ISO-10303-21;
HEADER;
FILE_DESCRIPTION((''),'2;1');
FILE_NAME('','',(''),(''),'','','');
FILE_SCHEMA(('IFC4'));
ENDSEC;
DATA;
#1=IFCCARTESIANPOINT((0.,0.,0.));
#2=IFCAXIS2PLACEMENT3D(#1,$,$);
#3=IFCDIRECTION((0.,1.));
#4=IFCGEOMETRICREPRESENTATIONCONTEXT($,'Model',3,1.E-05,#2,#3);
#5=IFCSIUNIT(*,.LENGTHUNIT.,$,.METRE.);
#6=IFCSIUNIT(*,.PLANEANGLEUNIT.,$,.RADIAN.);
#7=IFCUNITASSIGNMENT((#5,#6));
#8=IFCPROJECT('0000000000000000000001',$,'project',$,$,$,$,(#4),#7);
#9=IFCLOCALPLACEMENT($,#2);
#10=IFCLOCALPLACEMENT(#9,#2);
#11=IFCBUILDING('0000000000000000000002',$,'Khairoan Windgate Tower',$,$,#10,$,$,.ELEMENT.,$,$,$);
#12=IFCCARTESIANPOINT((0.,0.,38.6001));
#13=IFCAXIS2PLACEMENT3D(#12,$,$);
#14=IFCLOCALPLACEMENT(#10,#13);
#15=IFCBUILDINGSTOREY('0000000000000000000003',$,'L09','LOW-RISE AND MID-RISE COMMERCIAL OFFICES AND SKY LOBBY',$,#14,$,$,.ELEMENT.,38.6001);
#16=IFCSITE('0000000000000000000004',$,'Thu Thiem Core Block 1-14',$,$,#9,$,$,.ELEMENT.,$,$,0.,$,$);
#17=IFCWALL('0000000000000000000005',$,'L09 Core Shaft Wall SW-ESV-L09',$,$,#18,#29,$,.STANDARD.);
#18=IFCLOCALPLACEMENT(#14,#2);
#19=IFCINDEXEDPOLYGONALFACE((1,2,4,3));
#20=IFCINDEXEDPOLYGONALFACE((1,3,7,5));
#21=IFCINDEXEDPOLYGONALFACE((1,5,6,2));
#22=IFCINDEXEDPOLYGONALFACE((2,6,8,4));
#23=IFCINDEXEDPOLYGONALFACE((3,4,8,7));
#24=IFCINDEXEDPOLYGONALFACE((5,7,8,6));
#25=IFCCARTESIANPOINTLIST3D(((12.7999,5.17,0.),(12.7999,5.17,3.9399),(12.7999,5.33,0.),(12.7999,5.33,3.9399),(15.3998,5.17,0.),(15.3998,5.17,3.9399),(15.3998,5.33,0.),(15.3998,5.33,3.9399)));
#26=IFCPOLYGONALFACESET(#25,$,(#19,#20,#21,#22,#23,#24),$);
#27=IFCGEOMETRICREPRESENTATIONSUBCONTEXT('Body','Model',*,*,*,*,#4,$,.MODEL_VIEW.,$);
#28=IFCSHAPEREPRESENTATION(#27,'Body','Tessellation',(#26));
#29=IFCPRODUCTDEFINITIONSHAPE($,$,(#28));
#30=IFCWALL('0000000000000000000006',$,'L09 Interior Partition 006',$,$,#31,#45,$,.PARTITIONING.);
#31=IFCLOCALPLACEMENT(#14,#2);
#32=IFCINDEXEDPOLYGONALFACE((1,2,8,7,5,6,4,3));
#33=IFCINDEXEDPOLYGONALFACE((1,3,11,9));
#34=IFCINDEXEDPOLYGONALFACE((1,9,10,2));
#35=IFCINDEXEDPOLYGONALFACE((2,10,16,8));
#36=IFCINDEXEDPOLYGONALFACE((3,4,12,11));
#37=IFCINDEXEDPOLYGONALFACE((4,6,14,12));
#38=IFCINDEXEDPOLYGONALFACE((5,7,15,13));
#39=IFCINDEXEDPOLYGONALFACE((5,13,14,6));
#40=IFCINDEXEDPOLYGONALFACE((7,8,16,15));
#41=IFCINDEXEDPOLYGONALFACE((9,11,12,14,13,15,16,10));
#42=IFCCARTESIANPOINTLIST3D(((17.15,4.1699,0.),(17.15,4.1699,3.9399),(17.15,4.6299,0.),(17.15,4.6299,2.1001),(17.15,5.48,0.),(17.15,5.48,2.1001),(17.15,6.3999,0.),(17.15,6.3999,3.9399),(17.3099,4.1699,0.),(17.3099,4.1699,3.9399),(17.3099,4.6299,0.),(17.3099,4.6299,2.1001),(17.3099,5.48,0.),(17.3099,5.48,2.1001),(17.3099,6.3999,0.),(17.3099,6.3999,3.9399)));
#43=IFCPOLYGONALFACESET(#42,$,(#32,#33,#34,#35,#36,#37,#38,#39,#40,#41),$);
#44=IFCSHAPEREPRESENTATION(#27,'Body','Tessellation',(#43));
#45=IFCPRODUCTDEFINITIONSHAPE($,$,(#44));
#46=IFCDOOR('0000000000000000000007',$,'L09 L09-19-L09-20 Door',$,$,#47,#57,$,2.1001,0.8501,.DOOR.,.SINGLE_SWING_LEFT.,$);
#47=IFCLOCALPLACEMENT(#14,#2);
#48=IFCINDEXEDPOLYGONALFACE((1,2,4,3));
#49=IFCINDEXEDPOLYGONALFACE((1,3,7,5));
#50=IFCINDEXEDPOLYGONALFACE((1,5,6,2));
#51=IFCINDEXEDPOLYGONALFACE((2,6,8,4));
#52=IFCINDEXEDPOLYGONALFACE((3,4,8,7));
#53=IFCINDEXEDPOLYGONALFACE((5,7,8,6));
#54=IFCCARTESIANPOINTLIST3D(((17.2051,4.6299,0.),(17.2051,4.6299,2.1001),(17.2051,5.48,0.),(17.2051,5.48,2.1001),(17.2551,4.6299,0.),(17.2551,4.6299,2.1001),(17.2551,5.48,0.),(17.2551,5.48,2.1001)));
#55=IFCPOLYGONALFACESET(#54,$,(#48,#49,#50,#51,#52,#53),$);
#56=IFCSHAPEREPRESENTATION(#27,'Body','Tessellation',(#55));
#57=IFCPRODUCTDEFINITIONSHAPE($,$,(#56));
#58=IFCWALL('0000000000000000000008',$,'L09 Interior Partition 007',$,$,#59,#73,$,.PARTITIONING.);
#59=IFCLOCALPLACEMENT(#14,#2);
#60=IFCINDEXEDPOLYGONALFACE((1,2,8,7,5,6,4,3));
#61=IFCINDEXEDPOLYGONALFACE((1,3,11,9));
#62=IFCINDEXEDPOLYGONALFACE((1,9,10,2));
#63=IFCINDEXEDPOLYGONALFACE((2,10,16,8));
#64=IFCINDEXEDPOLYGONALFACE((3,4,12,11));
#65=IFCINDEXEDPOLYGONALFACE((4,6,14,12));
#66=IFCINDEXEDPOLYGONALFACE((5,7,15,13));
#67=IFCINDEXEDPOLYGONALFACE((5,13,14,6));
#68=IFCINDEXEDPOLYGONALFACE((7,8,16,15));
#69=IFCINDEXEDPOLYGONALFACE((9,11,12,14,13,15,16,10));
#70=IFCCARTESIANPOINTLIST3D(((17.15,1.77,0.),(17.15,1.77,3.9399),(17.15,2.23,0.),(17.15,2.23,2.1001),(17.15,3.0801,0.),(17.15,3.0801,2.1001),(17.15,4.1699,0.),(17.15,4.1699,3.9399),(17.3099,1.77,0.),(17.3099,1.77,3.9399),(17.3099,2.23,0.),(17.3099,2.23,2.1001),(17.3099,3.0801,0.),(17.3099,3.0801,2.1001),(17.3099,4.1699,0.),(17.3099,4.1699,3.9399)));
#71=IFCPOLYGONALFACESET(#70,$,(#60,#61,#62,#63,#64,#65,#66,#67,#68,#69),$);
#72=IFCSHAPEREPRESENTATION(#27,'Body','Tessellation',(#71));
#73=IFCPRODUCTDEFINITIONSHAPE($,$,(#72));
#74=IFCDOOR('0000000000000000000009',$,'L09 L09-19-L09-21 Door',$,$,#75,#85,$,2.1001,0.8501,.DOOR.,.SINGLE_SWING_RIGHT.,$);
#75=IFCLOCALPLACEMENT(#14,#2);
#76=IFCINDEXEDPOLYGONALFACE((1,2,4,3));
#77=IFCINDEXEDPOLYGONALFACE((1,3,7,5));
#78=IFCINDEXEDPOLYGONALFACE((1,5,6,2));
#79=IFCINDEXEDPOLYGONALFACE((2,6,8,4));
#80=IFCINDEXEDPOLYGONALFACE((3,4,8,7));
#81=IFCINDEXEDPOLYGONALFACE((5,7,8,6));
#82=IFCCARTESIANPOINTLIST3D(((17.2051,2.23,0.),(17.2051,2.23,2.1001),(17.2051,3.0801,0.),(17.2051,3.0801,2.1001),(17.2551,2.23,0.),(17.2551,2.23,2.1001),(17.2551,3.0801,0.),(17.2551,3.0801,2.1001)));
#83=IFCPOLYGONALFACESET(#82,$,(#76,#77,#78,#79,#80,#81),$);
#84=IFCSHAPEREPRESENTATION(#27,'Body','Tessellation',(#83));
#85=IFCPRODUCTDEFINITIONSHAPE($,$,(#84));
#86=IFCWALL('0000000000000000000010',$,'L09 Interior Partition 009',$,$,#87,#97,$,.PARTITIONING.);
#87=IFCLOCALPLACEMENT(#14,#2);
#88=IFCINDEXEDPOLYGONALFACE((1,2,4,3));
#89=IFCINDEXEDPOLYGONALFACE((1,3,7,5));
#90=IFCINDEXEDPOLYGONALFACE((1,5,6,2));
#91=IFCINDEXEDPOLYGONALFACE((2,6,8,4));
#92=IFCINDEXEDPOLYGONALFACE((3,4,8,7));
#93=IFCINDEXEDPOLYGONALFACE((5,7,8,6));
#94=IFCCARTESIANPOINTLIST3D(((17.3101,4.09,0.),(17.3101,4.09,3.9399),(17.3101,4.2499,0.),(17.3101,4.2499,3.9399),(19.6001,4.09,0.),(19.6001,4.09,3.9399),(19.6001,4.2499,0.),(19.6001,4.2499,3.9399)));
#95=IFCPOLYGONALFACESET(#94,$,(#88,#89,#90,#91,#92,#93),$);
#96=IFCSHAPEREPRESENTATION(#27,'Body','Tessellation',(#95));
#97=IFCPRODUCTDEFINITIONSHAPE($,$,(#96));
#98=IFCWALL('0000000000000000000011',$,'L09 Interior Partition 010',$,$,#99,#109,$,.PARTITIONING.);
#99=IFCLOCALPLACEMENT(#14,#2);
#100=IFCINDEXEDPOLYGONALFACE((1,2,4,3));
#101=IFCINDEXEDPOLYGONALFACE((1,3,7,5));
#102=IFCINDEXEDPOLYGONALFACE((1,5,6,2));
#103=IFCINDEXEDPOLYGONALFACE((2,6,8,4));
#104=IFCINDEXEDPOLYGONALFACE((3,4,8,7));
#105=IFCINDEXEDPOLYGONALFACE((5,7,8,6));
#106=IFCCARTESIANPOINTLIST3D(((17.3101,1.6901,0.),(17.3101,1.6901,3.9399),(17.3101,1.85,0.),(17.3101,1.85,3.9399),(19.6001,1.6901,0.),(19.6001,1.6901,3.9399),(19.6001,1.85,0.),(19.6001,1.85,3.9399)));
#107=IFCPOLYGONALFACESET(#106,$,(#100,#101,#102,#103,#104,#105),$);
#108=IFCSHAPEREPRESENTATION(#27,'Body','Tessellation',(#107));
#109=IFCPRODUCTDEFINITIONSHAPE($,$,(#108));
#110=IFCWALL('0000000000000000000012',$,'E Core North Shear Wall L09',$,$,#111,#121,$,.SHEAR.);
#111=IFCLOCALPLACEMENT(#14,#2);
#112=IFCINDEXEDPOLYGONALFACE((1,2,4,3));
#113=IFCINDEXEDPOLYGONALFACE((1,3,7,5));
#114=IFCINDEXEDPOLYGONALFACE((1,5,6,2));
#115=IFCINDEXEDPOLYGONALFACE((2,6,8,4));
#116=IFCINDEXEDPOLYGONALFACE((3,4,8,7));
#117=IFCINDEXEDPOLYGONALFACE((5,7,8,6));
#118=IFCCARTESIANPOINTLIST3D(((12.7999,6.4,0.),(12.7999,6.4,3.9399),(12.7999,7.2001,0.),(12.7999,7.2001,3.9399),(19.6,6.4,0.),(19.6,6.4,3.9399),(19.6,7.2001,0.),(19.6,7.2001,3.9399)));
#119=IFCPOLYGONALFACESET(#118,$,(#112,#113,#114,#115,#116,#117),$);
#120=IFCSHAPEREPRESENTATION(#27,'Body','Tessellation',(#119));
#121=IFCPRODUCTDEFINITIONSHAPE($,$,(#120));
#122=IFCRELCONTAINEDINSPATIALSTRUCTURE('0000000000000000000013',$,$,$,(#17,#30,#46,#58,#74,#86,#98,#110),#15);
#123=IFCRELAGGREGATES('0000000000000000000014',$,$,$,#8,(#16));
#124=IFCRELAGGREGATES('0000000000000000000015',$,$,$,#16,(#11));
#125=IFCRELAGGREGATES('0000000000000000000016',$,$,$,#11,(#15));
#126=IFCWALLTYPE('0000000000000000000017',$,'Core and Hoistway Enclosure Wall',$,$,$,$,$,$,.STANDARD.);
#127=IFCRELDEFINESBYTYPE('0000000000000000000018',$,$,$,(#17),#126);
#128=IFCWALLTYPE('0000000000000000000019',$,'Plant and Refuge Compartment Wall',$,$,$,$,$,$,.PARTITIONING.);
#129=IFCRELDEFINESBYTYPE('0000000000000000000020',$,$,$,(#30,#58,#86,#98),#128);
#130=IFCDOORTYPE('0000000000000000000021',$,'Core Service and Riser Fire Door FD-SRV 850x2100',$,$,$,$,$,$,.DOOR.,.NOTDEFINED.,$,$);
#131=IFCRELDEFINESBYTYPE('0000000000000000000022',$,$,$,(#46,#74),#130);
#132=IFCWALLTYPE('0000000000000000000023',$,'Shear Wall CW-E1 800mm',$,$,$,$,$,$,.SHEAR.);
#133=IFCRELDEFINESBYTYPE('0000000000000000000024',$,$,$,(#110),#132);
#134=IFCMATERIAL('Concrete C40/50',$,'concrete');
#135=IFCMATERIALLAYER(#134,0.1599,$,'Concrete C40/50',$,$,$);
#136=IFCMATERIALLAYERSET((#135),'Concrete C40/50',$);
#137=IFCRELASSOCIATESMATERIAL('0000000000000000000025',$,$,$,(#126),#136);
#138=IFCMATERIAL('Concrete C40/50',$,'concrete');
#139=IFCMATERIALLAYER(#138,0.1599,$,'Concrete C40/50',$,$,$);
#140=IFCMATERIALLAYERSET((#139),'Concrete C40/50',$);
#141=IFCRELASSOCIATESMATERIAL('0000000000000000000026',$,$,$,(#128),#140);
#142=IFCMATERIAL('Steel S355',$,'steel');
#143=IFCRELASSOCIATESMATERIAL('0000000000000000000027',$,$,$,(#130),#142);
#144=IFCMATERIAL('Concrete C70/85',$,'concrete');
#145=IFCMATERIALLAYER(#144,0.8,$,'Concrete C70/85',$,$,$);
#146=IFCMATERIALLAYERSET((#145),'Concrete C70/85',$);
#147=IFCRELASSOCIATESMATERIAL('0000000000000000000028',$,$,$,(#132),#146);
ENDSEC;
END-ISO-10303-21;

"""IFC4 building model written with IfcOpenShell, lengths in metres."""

from ifc_helpers import new_model, si_unit, direction, frame, frame_2d, origin, place, context, subcontext, project, spatial, rectangle, extrude, material, layer, layer_set, type_object, element, fill, save


model = new_model("IFC4")

# Units and contexts
model_context = context("Model", 3, precision=1e-05, world=origin(), true_north=direction((0.0, 1.0)))
body_context = subcontext(model_context, "Body", "Model", "MODEL_VIEW")
ifc_project = project(units=[si_unit("LENGTHUNIT", "METRE"), si_unit("PLANEANGLEUNIT", "RADIAN")], contexts=[model_context])

# Site, building, storey
site_placement = place(None, origin())
site = spatial("IfcSite", under=ifc_project, at=site_placement, Name="Thu Thiem Core Block 1-14", CompositionType="ELEMENT", RefElevation=0.0)
building_placement = place(site_placement, origin())
building = spatial("IfcBuilding", under=site, at=building_placement, Name="Khairoan Windgate Tower", CompositionType="ELEMENT")
storey_placement = place(building_placement, frame((0.0, 0.0, 38.6001)))
storey = spatial("IfcBuildingStorey", under=building, at=storey_placement, Name="L09", Description="LOW-RISE AND MID-RISE COMMERCIAL OFFICES AND SKY LOBBY", CompositionType="ELEMENT", Elevation=38.6001)

# Wall
ifc_material_1 = material(Name="Concrete C40/50", Category="concrete")
ifc_layer_1 = layer(ifc_material_1, 0.1599, Name="Concrete C40/50")
ifc_layer_set_1 = layer_set([ifc_layer_1], Name="Concrete C40/50")
wall_type_1 = type_object("IfcWallType", Name="Core and Hoistway Enclosure Wall", PredefinedType="STANDARD", material=ifc_layer_set_1)
wall_1_placement = place(storey_placement, frame((12.8, 5.25, 0.0), z_axis=(0.0, 0.0, 1.0), x_axis=(1.0, 0.0, 0.0)))
element("IfcWall", 1, at=wall_1_placement, inside=storey, type_object=wall_type_1, Name="L09 Core Shaft Wall SW-ESV-L09", PredefinedType="STANDARD", context=body_context, shape_type="SweptSolid", body=[
    extrude(rectangle(XDim=2.5999, YDim=0.1599, at=frame_2d((1.2998, 0.0))), origin(), (0.0, 0.0, 1.0), 3.9399),
])

# Walls, openings, doors
ifc_material_2 = material(Name="Concrete C40/50", Category="concrete")
ifc_layer_2 = layer(ifc_material_2, 0.1599, Name="Concrete C40/50")
ifc_layer_set_2 = layer_set([ifc_layer_2], Name="Concrete C40/50")
wall_type_2 = type_object("IfcWallType", Name="Plant and Refuge Compartment Wall", PredefinedType="PARTITIONING", material=ifc_layer_set_2)
wall_2_placement = place(storey_placement, frame((17.23, 4.1699, 0.0), z_axis=(0.0, 0.0, 1.0), x_axis=(0.0, 1.0, 0.0)))
wall_2 = element("IfcWall", 2, at=wall_2_placement, inside=storey, type_object=wall_type_2, Name="L09 Interior Partition 006", PredefinedType="PARTITIONING", context=body_context, shape_type="SweptSolid", body=[
    extrude(rectangle(XDim=2.23, YDim=0.1599, at=frame_2d((1.115, 0.0))), origin(), (0.0, 0.0, 1.0), 3.9399),
])
opening_1_placement = place(wall_2_placement, frame((0.46, 0.0, 0.0)))
opening_1 = element("IfcOpeningElement", 3, at=opening_1_placement, cuts=wall_2, PredefinedType="OPENING", context=body_context, shape_type="SweptSolid", body=[
    extrude(rectangle(XDim=0.8501, YDim=2.1001, at=frame_2d((0.425, 1.05))), frame((0.0, 0.0898, 0.0), z_axis=(0.0, -1.0, 0.0), x_axis=(1.0, 0.0, 0.0)), (0.0, 0.0, 1.0), 0.1799),
])
ifc_material_3 = material(Name="Steel S355", Category="steel")
door_type = type_object("IfcDoorType", Name="Core Service and Riser Fire Door FD-SRV 850x2100", OperationType="NOTDEFINED", PredefinedType="DOOR", material=ifc_material_3)
door_1_placement = place(opening_1_placement, origin())
door_1 = element("IfcDoor", 4, at=door_1_placement, inside=storey, type_object=door_type, Name="L09 L09-19-L09-20 Door", OperationType="SINGLE_SWING_LEFT", OverallHeight=2.1001, OverallWidth=0.8501, PredefinedType="DOOR", context=body_context, shape_type="SweptSolid", body=[
    extrude(rectangle(XDim=0.8501, YDim=2.1001, at=frame_2d((0.425, 1.05))), frame((0.0, 0.0249, 0.0), z_axis=(0.0, -1.0, 0.0), x_axis=(1.0, 0.0, 0.0)), (0.0, 0.0, 1.0), 0.05),
])
fill(opening_1, door_1)
wall_3_placement = place(storey_placement, frame((17.23, 1.77, 0.0), z_axis=(0.0, 0.0, 1.0), x_axis=(0.0, 1.0, 0.0)))
wall_3 = element("IfcWall", 5, at=wall_3_placement, inside=storey, type_object=wall_type_2, Name="L09 Interior Partition 007", PredefinedType="PARTITIONING", context=body_context, shape_type="SweptSolid", body=[
    extrude(rectangle(XDim=2.3999, YDim=0.1599, at=frame_2d((1.2, 0.0))), origin(), (0.0, 0.0, 1.0), 3.9399),
])
opening_2_placement = place(wall_3_placement, frame((0.46, 0.0, 0.0)))
opening_2 = element("IfcOpeningElement", 6, at=opening_2_placement, cuts=wall_3, PredefinedType="OPENING", context=body_context, shape_type="SweptSolid", body=[
    extrude(rectangle(XDim=0.8501, YDim=2.1001, at=frame_2d((0.425, 1.05))), frame((0.0, 0.0898, 0.0), z_axis=(0.0, -1.0, 0.0), x_axis=(1.0, 0.0, 0.0)), (0.0, 0.0, 1.0), 0.1799),
])
door_2_placement = place(opening_2_placement, origin())
door_2 = element("IfcDoor", 7, at=door_2_placement, inside=storey, type_object=door_type, Name="L09 L09-19-L09-21 Door", OperationType="SINGLE_SWING_RIGHT", OverallHeight=2.1001, OverallWidth=0.8501, PredefinedType="DOOR", context=body_context, shape_type="SweptSolid", body=[
    extrude(rectangle(XDim=0.8501, YDim=2.1001, at=frame_2d((0.425, 1.05))), frame((0.0, 0.0249, 0.0), z_axis=(0.0, -1.0, 0.0), x_axis=(1.0, 0.0, 0.0)), (0.0, 0.0, 1.0), 0.05),
])
fill(opening_2, door_2)

# Walls
for number, where, z_axis, x_axis, name in (
    (8, (17.3101, 4.1699, 0.0), (0.0, 0.0, 1.0), (1.0, 0.0, 0.0), "L09 Interior Partition 009"),
    (9, (17.3101, 1.77, 0.0), (0.0, 0.0, 1.0), (1.0, 0.0, 0.0), "L09 Interior Partition 010"),
):
    element("IfcWall", number, at=place(storey_placement, frame(where, z_axis=z_axis, x_axis=x_axis)), inside=storey, type_object=wall_type_2, Name=name, PredefinedType="PARTITIONING", context=body_context, shape_type="SweptSolid", body=[
        extrude(rectangle(XDim=2.29, YDim=0.1599, at=frame_2d((1.145, 0.0))), origin(), (0.0, 0.0, 1.0), 3.9399),
    ])
ifc_material_4 = material(Name="Concrete C70/85", Category="concrete")
ifc_layer_3 = layer(ifc_material_4, 0.8, Name="Concrete C70/85")
ifc_layer_set_3 = layer_set([ifc_layer_3], Name="Concrete C70/85")
wall_type_3 = type_object("IfcWallType", Name="Shear Wall CW-E1 800mm", PredefinedType="SHEAR", material=ifc_layer_set_3)
wall_4_placement = place(storey_placement, frame((12.8, 6.8, 0.0), z_axis=(0.0, 0.0, 1.0), x_axis=(1.0, 0.0, 0.0)))
element("IfcWall", 10, at=wall_4_placement, inside=storey, type_object=wall_type_3, Name="E Core North Shear Wall L09", PredefinedType="SHEAR", context=body_context, shape_type="SweptSolid", body=[
    extrude(rectangle(XDim=6.8, YDim=0.8, at=frame_2d((3.3999, 0.0))), origin(), (0.0, 0.0, 1.0), 3.9399),
])

save(model, "model.ifc")
